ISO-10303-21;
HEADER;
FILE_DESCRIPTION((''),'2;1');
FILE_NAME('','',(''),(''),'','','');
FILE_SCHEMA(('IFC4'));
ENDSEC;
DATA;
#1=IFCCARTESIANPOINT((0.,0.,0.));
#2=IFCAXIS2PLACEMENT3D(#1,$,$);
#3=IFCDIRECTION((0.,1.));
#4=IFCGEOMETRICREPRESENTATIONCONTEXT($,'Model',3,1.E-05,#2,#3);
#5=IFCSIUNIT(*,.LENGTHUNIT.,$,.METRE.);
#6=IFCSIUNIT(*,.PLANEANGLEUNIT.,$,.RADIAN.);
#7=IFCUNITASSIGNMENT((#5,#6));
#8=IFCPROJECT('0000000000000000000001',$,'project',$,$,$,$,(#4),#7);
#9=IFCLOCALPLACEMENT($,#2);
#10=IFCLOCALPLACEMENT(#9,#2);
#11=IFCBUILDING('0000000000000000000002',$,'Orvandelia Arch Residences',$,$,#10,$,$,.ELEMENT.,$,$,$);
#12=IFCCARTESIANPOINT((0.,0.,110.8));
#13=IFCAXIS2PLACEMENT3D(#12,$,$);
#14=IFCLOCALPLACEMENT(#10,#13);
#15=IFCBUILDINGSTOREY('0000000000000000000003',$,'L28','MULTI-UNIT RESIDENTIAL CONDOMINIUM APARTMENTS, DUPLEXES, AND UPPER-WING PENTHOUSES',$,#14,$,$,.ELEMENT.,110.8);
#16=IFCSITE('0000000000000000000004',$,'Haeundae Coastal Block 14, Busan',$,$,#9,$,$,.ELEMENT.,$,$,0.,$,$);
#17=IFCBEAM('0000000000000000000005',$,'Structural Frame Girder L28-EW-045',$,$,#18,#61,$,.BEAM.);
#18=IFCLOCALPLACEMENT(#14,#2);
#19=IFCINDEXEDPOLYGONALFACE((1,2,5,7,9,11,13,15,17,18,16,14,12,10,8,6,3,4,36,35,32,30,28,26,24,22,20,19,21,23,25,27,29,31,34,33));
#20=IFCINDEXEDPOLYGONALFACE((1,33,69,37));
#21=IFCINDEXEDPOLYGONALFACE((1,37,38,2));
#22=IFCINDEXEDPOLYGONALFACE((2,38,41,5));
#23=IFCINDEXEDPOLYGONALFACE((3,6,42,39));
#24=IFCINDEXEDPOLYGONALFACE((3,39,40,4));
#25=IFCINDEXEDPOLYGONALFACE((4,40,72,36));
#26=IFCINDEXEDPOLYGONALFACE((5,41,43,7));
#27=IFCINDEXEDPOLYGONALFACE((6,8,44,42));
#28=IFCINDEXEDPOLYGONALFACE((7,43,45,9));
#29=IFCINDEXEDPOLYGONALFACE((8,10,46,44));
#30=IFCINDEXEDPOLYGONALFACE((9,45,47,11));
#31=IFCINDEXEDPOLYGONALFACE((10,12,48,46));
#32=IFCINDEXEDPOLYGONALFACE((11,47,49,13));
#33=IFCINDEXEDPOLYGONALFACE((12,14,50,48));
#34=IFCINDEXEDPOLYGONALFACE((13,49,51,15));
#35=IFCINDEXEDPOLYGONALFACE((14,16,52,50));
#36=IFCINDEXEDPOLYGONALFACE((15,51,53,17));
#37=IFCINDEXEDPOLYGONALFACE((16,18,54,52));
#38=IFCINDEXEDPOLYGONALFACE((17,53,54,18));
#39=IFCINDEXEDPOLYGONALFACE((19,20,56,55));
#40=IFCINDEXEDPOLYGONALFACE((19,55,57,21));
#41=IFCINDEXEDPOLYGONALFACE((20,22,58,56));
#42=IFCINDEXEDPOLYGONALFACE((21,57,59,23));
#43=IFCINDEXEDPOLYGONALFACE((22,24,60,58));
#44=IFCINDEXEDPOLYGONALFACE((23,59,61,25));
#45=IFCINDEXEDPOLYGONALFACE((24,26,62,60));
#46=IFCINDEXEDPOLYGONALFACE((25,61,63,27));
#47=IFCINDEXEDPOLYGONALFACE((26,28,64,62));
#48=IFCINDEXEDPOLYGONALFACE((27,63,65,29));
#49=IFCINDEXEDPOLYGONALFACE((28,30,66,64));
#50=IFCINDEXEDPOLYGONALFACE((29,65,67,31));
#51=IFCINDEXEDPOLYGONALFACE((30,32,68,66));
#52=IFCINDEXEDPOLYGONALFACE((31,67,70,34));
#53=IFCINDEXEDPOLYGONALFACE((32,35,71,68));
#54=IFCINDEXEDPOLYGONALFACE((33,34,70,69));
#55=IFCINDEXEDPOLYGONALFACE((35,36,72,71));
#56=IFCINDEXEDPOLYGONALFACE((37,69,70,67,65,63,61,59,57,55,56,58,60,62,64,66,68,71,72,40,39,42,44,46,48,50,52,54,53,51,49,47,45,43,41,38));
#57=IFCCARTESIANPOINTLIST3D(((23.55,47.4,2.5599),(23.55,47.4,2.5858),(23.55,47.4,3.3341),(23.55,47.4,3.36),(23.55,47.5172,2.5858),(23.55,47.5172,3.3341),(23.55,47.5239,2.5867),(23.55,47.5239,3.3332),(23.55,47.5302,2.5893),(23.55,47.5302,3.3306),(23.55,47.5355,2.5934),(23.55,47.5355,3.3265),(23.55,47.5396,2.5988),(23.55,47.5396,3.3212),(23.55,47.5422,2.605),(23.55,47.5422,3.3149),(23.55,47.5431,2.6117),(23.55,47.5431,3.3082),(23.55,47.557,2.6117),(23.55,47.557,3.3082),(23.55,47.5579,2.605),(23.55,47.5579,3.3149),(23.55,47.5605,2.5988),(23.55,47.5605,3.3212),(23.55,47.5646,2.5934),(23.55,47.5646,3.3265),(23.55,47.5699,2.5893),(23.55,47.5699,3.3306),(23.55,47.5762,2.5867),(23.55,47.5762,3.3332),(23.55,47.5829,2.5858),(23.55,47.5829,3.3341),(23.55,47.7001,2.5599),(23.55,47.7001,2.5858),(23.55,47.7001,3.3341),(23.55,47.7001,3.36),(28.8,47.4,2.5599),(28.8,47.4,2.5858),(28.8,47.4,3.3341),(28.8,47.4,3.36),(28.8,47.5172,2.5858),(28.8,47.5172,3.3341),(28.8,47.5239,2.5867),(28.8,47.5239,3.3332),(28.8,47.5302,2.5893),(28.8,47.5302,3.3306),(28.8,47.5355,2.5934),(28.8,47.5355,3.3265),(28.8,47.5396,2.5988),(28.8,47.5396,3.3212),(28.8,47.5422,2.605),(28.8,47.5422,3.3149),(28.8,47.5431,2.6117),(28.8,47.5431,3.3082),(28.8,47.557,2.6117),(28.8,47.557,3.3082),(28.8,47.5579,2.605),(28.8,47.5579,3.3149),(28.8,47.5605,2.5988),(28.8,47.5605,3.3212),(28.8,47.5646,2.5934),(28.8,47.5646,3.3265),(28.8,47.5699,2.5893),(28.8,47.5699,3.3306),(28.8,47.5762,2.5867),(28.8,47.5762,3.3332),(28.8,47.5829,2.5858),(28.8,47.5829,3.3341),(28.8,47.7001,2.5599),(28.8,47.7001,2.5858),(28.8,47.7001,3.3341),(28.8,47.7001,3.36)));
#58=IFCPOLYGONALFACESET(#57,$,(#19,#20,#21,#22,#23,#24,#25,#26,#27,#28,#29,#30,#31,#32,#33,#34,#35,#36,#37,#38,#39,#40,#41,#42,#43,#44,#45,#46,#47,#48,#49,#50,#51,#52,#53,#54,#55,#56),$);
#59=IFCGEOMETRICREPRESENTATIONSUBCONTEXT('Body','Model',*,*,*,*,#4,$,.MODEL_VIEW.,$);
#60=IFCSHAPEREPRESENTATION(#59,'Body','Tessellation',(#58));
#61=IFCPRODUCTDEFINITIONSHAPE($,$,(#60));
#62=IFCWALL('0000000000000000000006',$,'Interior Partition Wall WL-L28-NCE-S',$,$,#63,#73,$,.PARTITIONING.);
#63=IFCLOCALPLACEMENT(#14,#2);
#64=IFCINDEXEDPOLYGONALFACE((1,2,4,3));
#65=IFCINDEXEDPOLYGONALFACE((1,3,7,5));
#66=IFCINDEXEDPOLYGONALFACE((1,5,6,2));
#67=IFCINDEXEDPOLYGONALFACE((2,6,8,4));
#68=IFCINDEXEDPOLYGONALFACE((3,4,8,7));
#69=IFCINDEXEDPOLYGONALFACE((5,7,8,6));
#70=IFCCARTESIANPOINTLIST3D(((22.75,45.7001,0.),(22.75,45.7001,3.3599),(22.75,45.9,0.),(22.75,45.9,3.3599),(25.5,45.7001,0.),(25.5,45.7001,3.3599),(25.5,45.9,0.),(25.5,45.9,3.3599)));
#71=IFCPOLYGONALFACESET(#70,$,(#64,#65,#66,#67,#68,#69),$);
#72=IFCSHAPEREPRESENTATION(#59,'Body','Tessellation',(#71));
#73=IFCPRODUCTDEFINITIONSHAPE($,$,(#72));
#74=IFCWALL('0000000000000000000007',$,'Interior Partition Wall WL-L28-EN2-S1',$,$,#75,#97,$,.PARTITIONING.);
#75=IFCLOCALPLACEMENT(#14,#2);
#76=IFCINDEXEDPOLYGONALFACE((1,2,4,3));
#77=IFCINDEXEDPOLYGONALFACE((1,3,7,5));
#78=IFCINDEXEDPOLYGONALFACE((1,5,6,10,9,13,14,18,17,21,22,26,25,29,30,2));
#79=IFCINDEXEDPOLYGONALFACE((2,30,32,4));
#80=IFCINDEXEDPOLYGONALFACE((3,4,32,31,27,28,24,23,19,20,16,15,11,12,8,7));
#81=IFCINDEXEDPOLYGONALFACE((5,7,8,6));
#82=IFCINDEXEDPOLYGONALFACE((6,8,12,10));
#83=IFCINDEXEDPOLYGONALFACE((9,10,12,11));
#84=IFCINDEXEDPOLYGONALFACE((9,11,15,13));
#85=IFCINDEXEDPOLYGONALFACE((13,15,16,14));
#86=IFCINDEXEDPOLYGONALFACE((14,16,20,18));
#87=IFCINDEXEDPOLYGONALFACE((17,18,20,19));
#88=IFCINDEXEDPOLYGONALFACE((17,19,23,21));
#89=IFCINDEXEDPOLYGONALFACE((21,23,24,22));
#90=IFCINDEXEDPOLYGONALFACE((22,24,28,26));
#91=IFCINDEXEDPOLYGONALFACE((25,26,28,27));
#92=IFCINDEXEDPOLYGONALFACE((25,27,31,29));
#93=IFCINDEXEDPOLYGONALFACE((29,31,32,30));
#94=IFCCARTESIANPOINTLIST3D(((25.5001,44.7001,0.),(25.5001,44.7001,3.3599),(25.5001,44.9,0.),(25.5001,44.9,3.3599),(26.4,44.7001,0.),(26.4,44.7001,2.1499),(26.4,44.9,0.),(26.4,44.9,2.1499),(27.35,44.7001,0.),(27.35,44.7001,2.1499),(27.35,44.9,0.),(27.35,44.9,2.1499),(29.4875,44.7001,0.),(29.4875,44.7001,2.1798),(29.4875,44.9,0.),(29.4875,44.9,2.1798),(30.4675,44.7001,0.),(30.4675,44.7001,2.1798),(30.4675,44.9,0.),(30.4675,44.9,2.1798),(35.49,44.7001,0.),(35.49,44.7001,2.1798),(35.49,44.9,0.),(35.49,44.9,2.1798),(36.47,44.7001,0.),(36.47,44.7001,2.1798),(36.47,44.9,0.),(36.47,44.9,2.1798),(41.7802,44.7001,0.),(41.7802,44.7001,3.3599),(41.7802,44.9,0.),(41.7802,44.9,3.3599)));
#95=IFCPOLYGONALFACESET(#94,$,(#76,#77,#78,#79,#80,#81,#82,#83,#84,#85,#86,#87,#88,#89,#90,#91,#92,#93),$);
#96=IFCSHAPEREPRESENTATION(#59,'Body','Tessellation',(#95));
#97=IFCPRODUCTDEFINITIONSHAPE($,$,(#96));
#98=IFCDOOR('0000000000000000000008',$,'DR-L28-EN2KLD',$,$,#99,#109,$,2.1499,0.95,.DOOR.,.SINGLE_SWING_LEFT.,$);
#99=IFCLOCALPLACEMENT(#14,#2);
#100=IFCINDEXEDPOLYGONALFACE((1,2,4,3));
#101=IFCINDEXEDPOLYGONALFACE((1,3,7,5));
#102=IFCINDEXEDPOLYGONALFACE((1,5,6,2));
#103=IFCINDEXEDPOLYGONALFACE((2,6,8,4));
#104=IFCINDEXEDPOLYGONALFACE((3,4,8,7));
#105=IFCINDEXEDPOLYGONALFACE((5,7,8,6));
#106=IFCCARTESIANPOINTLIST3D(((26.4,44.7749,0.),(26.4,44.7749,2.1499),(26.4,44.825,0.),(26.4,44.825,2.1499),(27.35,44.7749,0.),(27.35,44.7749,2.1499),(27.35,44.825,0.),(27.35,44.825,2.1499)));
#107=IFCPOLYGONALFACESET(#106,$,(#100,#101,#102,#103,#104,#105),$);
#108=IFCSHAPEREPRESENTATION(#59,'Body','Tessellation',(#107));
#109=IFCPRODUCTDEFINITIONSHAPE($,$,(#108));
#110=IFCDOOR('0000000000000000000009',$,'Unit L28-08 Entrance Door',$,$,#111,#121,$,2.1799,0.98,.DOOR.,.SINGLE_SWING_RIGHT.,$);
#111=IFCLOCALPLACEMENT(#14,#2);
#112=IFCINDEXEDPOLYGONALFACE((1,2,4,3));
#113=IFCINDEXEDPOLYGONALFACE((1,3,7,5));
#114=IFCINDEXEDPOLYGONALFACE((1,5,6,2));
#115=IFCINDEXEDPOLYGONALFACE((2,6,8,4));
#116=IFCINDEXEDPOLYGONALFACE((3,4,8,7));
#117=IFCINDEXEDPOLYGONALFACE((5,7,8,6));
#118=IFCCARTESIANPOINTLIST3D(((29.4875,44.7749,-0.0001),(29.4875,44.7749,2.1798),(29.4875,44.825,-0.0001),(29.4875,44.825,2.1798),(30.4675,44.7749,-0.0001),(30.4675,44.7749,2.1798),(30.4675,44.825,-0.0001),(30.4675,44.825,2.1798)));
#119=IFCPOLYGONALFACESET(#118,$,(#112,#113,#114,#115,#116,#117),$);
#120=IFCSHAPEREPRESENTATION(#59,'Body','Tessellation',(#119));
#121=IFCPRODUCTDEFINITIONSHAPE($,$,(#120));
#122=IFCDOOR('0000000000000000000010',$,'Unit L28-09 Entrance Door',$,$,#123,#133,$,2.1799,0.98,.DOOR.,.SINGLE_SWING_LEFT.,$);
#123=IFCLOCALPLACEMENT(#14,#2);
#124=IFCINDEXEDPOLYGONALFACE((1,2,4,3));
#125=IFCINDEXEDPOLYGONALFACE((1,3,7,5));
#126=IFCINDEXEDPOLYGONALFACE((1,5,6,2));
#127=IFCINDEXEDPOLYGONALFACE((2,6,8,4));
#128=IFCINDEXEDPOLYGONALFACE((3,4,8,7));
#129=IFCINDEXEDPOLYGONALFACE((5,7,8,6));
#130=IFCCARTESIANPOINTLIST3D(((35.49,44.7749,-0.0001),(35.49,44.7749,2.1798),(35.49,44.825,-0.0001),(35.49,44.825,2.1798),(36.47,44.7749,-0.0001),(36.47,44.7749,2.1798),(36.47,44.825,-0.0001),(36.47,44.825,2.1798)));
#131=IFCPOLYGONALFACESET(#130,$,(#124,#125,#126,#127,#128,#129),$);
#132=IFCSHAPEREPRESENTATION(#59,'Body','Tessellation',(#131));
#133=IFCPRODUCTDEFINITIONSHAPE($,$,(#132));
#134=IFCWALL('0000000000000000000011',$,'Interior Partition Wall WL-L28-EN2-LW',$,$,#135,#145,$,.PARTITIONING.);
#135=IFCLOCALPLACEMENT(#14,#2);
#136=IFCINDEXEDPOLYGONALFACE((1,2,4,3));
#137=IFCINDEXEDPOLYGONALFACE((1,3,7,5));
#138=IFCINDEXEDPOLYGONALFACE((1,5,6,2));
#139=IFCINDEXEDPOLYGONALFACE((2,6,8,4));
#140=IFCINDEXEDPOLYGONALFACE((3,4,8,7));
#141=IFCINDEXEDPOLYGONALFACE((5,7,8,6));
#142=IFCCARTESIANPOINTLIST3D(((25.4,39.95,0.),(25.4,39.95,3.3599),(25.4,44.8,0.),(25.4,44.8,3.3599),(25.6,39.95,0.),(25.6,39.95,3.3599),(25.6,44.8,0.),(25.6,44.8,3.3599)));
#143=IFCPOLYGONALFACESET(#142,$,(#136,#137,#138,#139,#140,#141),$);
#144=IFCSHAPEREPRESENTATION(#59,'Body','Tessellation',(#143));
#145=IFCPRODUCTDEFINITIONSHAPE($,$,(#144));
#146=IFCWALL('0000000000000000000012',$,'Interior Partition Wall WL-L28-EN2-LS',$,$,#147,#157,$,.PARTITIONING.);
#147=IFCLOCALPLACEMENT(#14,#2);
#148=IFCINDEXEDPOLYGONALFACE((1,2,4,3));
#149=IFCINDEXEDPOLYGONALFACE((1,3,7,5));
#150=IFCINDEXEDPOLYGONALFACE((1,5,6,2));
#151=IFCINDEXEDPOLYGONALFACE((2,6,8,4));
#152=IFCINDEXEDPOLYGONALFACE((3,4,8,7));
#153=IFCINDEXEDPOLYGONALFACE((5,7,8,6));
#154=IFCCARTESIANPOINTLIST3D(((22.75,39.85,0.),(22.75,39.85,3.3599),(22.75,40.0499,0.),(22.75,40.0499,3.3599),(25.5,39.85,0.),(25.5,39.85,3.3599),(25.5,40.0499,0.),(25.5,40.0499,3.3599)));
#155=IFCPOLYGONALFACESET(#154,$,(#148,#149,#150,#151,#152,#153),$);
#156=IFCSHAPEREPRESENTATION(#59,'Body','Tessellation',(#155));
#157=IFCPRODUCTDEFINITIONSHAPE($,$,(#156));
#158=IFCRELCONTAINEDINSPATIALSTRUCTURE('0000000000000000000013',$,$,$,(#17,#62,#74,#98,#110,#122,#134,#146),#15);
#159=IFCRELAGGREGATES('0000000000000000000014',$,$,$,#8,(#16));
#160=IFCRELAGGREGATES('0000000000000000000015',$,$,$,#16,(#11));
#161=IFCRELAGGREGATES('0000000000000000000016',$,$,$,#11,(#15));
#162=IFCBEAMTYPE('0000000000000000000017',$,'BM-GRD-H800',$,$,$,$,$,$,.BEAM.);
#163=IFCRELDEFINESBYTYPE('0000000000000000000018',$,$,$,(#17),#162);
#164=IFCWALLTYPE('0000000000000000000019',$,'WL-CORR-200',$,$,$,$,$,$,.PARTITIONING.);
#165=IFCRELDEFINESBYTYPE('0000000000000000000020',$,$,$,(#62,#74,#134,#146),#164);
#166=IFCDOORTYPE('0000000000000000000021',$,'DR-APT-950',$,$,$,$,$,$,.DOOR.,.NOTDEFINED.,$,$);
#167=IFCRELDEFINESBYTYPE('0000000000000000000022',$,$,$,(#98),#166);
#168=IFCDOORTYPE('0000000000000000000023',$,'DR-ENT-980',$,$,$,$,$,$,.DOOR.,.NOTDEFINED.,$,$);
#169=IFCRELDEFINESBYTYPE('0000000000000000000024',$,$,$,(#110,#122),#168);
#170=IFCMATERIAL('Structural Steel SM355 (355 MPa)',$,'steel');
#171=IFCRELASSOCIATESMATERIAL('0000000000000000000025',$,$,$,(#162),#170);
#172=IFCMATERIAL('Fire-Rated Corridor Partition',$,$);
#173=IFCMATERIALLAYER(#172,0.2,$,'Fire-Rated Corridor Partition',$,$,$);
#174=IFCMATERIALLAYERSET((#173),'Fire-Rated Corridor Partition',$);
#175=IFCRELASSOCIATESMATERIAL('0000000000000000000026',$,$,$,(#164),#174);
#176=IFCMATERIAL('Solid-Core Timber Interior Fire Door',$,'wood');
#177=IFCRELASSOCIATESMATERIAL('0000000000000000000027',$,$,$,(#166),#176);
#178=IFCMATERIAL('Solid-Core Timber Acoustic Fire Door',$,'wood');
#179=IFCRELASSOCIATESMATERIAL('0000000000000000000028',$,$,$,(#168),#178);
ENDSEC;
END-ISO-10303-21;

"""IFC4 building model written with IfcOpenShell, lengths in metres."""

from ifc_helpers import new_model, si_unit, direction, frame, frame_2d, origin, origin_2d, place, context, subcontext, project, spatial, rectangle, i_section, extrude, material, layer, layer_set, material_profile, profile_set, type_object, element, fill, save


model = new_model("IFC4")

# Units and contexts
model_context = context("Model", 3, precision=1e-05, world=origin(), true_north=direction((0.0, 1.0)))
body_context = subcontext(model_context, "Body", "Model", "MODEL_VIEW")
ifc_project = project(units=[si_unit("LENGTHUNIT", "METRE"), si_unit("PLANEANGLEUNIT", "RADIAN")], contexts=[model_context])

# Site, building, storey
site_placement = place(None, origin())
site = spatial("IfcSite", under=ifc_project, at=site_placement, Name="Haeundae Coastal Block 14, Busan", CompositionType="ELEMENT", RefElevation=0.0)
building_placement = place(site_placement, origin())
building = spatial("IfcBuilding", under=site, at=building_placement, Name="Orvandelia Arch Residences", CompositionType="ELEMENT")
storey_placement = place(building_placement, frame((0.0, 0.0, 110.8)))
storey = spatial("IfcBuildingStorey", under=building, at=storey_placement, Name="L28", Description="MULTI-UNIT RESIDENTIAL CONDOMINIUM APARTMENTS, DUPLEXES, AND UPPER-WING PENTHOUSES", CompositionType="ELEMENT", Elevation=110.8)

# Beam
ifc_material_1 = material(Name="Structural Steel SM355 (355 MPa)", Category="steel")
ifc_material_profile_1 = material_profile(ifc_material_1, i_section(OverallWidth=0.3, OverallDepth=0.8, WebThickness=0.0139, FlangeThickness=0.0259, FilletRadius=0.0259, at=origin_2d()), Name="Structural Steel SM355 (355 MPa)", Category="steel")
ifc_profile_set_1 = profile_set([ifc_material_profile_1], Name="Structural Steel SM355 (355 MPa)")
beam_type = type_object("IfcBeamType", Name="BM-GRD-H800", PredefinedType="BEAM", material=ifc_profile_set_1)
beam_1_placement = place(storey_placement, frame((23.55, 47.55, 2.96), z_axis=(1.0, 0.0, 0.0), x_axis=(0.0, 1.0, 0.0)))
element("IfcBeam", 1, at=beam_1_placement, inside=storey, type_object=beam_type, Name="Structural Frame Girder L28-EW-045", PredefinedType="BEAM", context=body_context, shape_type="SweptSolid", body=[
    extrude(i_section(OverallWidth=0.3, OverallDepth=0.8, WebThickness=0.0139, FlangeThickness=0.0259, FilletRadius=0.0259, at=origin_2d()), origin(), (0.0, 0.0, 1.0), 5.25),
])

# Wall
ifc_material_2 = material(Name="Fire-Rated Corridor Partition")
ifc_layer_1 = layer(ifc_material_2, 0.2, Name="Fire-Rated Corridor Partition")
ifc_layer_set_1 = layer_set([ifc_layer_1], Name="Fire-Rated Corridor Partition")
wall_type_1 = type_object("IfcWallType", Name="WL-CORR-200", PredefinedType="PARTITIONING", material=ifc_layer_set_1)
wall_1_placement = place(storey_placement, frame((22.75, 45.8, 0.0), z_axis=(0.0, 0.0, 1.0), x_axis=(1.0, 0.0, 0.0)))
element("IfcWall", 2, at=wall_1_placement, inside=storey, type_object=wall_type_1, Name="Interior Partition Wall WL-L28-NCE-S", PredefinedType="PARTITIONING", context=body_context, shape_type="SweptSolid", body=[
    extrude(rectangle(XDim=2.75, YDim=0.2, at=frame_2d((1.375, 0.0))), origin(), (0.0, 0.0, 1.0), 3.3599),
])

# Wall, openings, doors
wall_2_placement = place(storey_placement, frame((25.5, 44.8, 0.0), z_axis=(0.0, 0.0, 1.0), x_axis=(1.0, 0.0, 0.0)))
wall_2 = element("IfcWall", 3, at=wall_2_placement, inside=storey, type_object=wall_type_1, Name="Interior Partition Wall WL-L28-EN2-S1", PredefinedType="PARTITIONING", context=body_context, shape_type="SweptSolid", body=[
    extrude(rectangle(XDim=16.28, YDim=0.2, at=frame_2d((8.1401, 0.0))), origin(), (0.0, 0.0, 1.0), 3.3599),
])
opening_1_placement = place(wall_2_placement, frame((0.8999, 0.0, 0.0)))
opening_1 = element("IfcOpeningElement", 4, at=opening_1_placement, cuts=wall_2, PredefinedType="OPENING", context=body_context, shape_type="SweptSolid", body=[
    extrude(rectangle(XDim=0.95, YDim=2.1499, at=frame_2d((0.4751, 1.075))), frame((0.0, 0.1099, 0.0), z_axis=(0.0, -1.0, 0.0), x_axis=(1.0, 0.0, 0.0)), (0.0, 0.0, 1.0), 0.22),
])
opening_2_placement = place(wall_2_placement, frame((3.9875, 0.0, 0.0)))
opening_2 = element("IfcOpeningElement", 5, at=opening_2_placement, cuts=wall_2, PredefinedType="OPENING", context=body_context, shape_type="SweptSolid", body=[
    extrude(rectangle(XDim=0.98, YDim=2.1799, at=frame_2d((0.49, 1.0898))), frame((0.0, 0.1099, 0.0), z_axis=(0.0, -1.0, 0.0), x_axis=(1.0, 0.0, 0.0)), (0.0, 0.0, 1.0), 0.22),
])
opening_3_placement = place(wall_2_placement, frame((9.99, 0.0, 0.0)))
opening_3 = element("IfcOpeningElement", 6, at=opening_3_placement, cuts=wall_2, PredefinedType="OPENING", context=body_context, shape_type="SweptSolid", body=[
    extrude(rectangle(XDim=0.98, YDim=2.1799, at=frame_2d((0.49, 1.0898))), frame((0.0, 0.1099, 0.0), z_axis=(0.0, -1.0, 0.0), x_axis=(1.0, 0.0, 0.0)), (0.0, 0.0, 1.0), 0.22),
])
ifc_material_3 = material(Name="Solid-Core Timber Interior Fire Door", Category="wood")
door_type_1 = type_object("IfcDoorType", Name="DR-APT-950", OperationType="NOTDEFINED", PredefinedType="DOOR", material=ifc_material_3)
door_1_placement = place(opening_1_placement, origin())
door_1 = element("IfcDoor", 7, at=door_1_placement, inside=storey, type_object=door_type_1, Name="DR-L28-EN2KLD", OperationType="SINGLE_SWING_LEFT", OverallHeight=2.1499, OverallWidth=0.95, PredefinedType="DOOR", context=body_context, shape_type="SweptSolid", body=[
    extrude(rectangle(XDim=0.95, YDim=2.1499, at=frame_2d((0.4751, 1.075))), frame((0.0, 0.0249, 0.0), z_axis=(0.0, -1.0, 0.0), x_axis=(1.0, 0.0, 0.0)), (0.0, 0.0, 1.0), 0.05),
])
fill(opening_1, door_1)
ifc_material_4 = material(Name="Solid-Core Timber Acoustic Fire Door", Category="wood")
door_type_2 = type_object("IfcDoorType", Name="DR-ENT-980", OperationType="NOTDEFINED", PredefinedType="DOOR", material=ifc_material_4)
door_2_placement = place(opening_2_placement, origin())
door_2 = element("IfcDoor", 8, at=door_2_placement, inside=storey, type_object=door_type_2, Name="Unit L28-08 Entrance Door", OperationType="SINGLE_SWING_RIGHT", OverallHeight=2.1799, OverallWidth=0.98, PredefinedType="DOOR", context=body_context, shape_type="SweptSolid", body=[
    extrude(rectangle(XDim=0.98, YDim=2.1799, at=frame_2d((0.49, 1.0898))), frame((0.0, 0.0249, 0.0), z_axis=(0.0, -1.0, 0.0), x_axis=(1.0, 0.0, 0.0)), (0.0, 0.0, 1.0), 0.05),
])
fill(opening_2, door_2)
door_3_placement = place(opening_3_placement, origin())
door_3 = element("IfcDoor", 9, at=door_3_placement, inside=storey, type_object=door_type_2, Name="Unit L28-09 Entrance Door", OperationType="SINGLE_SWING_LEFT", OverallHeight=2.1799, OverallWidth=0.98, PredefinedType="DOOR", context=body_context, shape_type="SweptSolid", body=[
    extrude(rectangle(XDim=0.98, YDim=2.1799, at=frame_2d((0.49, 1.0898))), frame((0.0, 0.0249, 0.0), z_axis=(0.0, -1.0, 0.0), x_axis=(1.0, 0.0, 0.0)), (0.0, 0.0, 1.0), 0.05),
])
fill(opening_3, door_3)

# Walls
wall_3_placement = place(storey_placement, frame((25.5, 39.95, 0.0), z_axis=(0.0, 0.0, 1.0), x_axis=(0.0, 1.0, 0.0)))
element("IfcWall", 10, at=wall_3_placement, inside=storey, type_object=wall_type_1, Name="Interior Partition Wall WL-L28-EN2-LW", PredefinedType="PARTITIONING", context=body_context, shape_type="SweptSolid", body=[
    extrude(rectangle(XDim=4.8501, YDim=0.2, at=frame_2d((2.425, 0.0))), origin(), (0.0, 0.0, 1.0), 3.3599),
])
wall_4_placement = place(storey_placement, frame((22.75, 39.95, 0.0), z_axis=(0.0, 0.0, 1.0), x_axis=(1.0, 0.0, 0.0)))
element("IfcWall", 11, at=wall_4_placement, inside=storey, type_object=wall_type_1, Name="Interior Partition Wall WL-L28-EN2-LS", PredefinedType="PARTITIONING", context=body_context, shape_type="SweptSolid", body=[
    extrude(rectangle(XDim=2.75, YDim=0.2, at=frame_2d((1.375, 0.0))), origin(), (0.0, 0.0, 1.0), 3.3599),
])

save(model, "model.ifc")
